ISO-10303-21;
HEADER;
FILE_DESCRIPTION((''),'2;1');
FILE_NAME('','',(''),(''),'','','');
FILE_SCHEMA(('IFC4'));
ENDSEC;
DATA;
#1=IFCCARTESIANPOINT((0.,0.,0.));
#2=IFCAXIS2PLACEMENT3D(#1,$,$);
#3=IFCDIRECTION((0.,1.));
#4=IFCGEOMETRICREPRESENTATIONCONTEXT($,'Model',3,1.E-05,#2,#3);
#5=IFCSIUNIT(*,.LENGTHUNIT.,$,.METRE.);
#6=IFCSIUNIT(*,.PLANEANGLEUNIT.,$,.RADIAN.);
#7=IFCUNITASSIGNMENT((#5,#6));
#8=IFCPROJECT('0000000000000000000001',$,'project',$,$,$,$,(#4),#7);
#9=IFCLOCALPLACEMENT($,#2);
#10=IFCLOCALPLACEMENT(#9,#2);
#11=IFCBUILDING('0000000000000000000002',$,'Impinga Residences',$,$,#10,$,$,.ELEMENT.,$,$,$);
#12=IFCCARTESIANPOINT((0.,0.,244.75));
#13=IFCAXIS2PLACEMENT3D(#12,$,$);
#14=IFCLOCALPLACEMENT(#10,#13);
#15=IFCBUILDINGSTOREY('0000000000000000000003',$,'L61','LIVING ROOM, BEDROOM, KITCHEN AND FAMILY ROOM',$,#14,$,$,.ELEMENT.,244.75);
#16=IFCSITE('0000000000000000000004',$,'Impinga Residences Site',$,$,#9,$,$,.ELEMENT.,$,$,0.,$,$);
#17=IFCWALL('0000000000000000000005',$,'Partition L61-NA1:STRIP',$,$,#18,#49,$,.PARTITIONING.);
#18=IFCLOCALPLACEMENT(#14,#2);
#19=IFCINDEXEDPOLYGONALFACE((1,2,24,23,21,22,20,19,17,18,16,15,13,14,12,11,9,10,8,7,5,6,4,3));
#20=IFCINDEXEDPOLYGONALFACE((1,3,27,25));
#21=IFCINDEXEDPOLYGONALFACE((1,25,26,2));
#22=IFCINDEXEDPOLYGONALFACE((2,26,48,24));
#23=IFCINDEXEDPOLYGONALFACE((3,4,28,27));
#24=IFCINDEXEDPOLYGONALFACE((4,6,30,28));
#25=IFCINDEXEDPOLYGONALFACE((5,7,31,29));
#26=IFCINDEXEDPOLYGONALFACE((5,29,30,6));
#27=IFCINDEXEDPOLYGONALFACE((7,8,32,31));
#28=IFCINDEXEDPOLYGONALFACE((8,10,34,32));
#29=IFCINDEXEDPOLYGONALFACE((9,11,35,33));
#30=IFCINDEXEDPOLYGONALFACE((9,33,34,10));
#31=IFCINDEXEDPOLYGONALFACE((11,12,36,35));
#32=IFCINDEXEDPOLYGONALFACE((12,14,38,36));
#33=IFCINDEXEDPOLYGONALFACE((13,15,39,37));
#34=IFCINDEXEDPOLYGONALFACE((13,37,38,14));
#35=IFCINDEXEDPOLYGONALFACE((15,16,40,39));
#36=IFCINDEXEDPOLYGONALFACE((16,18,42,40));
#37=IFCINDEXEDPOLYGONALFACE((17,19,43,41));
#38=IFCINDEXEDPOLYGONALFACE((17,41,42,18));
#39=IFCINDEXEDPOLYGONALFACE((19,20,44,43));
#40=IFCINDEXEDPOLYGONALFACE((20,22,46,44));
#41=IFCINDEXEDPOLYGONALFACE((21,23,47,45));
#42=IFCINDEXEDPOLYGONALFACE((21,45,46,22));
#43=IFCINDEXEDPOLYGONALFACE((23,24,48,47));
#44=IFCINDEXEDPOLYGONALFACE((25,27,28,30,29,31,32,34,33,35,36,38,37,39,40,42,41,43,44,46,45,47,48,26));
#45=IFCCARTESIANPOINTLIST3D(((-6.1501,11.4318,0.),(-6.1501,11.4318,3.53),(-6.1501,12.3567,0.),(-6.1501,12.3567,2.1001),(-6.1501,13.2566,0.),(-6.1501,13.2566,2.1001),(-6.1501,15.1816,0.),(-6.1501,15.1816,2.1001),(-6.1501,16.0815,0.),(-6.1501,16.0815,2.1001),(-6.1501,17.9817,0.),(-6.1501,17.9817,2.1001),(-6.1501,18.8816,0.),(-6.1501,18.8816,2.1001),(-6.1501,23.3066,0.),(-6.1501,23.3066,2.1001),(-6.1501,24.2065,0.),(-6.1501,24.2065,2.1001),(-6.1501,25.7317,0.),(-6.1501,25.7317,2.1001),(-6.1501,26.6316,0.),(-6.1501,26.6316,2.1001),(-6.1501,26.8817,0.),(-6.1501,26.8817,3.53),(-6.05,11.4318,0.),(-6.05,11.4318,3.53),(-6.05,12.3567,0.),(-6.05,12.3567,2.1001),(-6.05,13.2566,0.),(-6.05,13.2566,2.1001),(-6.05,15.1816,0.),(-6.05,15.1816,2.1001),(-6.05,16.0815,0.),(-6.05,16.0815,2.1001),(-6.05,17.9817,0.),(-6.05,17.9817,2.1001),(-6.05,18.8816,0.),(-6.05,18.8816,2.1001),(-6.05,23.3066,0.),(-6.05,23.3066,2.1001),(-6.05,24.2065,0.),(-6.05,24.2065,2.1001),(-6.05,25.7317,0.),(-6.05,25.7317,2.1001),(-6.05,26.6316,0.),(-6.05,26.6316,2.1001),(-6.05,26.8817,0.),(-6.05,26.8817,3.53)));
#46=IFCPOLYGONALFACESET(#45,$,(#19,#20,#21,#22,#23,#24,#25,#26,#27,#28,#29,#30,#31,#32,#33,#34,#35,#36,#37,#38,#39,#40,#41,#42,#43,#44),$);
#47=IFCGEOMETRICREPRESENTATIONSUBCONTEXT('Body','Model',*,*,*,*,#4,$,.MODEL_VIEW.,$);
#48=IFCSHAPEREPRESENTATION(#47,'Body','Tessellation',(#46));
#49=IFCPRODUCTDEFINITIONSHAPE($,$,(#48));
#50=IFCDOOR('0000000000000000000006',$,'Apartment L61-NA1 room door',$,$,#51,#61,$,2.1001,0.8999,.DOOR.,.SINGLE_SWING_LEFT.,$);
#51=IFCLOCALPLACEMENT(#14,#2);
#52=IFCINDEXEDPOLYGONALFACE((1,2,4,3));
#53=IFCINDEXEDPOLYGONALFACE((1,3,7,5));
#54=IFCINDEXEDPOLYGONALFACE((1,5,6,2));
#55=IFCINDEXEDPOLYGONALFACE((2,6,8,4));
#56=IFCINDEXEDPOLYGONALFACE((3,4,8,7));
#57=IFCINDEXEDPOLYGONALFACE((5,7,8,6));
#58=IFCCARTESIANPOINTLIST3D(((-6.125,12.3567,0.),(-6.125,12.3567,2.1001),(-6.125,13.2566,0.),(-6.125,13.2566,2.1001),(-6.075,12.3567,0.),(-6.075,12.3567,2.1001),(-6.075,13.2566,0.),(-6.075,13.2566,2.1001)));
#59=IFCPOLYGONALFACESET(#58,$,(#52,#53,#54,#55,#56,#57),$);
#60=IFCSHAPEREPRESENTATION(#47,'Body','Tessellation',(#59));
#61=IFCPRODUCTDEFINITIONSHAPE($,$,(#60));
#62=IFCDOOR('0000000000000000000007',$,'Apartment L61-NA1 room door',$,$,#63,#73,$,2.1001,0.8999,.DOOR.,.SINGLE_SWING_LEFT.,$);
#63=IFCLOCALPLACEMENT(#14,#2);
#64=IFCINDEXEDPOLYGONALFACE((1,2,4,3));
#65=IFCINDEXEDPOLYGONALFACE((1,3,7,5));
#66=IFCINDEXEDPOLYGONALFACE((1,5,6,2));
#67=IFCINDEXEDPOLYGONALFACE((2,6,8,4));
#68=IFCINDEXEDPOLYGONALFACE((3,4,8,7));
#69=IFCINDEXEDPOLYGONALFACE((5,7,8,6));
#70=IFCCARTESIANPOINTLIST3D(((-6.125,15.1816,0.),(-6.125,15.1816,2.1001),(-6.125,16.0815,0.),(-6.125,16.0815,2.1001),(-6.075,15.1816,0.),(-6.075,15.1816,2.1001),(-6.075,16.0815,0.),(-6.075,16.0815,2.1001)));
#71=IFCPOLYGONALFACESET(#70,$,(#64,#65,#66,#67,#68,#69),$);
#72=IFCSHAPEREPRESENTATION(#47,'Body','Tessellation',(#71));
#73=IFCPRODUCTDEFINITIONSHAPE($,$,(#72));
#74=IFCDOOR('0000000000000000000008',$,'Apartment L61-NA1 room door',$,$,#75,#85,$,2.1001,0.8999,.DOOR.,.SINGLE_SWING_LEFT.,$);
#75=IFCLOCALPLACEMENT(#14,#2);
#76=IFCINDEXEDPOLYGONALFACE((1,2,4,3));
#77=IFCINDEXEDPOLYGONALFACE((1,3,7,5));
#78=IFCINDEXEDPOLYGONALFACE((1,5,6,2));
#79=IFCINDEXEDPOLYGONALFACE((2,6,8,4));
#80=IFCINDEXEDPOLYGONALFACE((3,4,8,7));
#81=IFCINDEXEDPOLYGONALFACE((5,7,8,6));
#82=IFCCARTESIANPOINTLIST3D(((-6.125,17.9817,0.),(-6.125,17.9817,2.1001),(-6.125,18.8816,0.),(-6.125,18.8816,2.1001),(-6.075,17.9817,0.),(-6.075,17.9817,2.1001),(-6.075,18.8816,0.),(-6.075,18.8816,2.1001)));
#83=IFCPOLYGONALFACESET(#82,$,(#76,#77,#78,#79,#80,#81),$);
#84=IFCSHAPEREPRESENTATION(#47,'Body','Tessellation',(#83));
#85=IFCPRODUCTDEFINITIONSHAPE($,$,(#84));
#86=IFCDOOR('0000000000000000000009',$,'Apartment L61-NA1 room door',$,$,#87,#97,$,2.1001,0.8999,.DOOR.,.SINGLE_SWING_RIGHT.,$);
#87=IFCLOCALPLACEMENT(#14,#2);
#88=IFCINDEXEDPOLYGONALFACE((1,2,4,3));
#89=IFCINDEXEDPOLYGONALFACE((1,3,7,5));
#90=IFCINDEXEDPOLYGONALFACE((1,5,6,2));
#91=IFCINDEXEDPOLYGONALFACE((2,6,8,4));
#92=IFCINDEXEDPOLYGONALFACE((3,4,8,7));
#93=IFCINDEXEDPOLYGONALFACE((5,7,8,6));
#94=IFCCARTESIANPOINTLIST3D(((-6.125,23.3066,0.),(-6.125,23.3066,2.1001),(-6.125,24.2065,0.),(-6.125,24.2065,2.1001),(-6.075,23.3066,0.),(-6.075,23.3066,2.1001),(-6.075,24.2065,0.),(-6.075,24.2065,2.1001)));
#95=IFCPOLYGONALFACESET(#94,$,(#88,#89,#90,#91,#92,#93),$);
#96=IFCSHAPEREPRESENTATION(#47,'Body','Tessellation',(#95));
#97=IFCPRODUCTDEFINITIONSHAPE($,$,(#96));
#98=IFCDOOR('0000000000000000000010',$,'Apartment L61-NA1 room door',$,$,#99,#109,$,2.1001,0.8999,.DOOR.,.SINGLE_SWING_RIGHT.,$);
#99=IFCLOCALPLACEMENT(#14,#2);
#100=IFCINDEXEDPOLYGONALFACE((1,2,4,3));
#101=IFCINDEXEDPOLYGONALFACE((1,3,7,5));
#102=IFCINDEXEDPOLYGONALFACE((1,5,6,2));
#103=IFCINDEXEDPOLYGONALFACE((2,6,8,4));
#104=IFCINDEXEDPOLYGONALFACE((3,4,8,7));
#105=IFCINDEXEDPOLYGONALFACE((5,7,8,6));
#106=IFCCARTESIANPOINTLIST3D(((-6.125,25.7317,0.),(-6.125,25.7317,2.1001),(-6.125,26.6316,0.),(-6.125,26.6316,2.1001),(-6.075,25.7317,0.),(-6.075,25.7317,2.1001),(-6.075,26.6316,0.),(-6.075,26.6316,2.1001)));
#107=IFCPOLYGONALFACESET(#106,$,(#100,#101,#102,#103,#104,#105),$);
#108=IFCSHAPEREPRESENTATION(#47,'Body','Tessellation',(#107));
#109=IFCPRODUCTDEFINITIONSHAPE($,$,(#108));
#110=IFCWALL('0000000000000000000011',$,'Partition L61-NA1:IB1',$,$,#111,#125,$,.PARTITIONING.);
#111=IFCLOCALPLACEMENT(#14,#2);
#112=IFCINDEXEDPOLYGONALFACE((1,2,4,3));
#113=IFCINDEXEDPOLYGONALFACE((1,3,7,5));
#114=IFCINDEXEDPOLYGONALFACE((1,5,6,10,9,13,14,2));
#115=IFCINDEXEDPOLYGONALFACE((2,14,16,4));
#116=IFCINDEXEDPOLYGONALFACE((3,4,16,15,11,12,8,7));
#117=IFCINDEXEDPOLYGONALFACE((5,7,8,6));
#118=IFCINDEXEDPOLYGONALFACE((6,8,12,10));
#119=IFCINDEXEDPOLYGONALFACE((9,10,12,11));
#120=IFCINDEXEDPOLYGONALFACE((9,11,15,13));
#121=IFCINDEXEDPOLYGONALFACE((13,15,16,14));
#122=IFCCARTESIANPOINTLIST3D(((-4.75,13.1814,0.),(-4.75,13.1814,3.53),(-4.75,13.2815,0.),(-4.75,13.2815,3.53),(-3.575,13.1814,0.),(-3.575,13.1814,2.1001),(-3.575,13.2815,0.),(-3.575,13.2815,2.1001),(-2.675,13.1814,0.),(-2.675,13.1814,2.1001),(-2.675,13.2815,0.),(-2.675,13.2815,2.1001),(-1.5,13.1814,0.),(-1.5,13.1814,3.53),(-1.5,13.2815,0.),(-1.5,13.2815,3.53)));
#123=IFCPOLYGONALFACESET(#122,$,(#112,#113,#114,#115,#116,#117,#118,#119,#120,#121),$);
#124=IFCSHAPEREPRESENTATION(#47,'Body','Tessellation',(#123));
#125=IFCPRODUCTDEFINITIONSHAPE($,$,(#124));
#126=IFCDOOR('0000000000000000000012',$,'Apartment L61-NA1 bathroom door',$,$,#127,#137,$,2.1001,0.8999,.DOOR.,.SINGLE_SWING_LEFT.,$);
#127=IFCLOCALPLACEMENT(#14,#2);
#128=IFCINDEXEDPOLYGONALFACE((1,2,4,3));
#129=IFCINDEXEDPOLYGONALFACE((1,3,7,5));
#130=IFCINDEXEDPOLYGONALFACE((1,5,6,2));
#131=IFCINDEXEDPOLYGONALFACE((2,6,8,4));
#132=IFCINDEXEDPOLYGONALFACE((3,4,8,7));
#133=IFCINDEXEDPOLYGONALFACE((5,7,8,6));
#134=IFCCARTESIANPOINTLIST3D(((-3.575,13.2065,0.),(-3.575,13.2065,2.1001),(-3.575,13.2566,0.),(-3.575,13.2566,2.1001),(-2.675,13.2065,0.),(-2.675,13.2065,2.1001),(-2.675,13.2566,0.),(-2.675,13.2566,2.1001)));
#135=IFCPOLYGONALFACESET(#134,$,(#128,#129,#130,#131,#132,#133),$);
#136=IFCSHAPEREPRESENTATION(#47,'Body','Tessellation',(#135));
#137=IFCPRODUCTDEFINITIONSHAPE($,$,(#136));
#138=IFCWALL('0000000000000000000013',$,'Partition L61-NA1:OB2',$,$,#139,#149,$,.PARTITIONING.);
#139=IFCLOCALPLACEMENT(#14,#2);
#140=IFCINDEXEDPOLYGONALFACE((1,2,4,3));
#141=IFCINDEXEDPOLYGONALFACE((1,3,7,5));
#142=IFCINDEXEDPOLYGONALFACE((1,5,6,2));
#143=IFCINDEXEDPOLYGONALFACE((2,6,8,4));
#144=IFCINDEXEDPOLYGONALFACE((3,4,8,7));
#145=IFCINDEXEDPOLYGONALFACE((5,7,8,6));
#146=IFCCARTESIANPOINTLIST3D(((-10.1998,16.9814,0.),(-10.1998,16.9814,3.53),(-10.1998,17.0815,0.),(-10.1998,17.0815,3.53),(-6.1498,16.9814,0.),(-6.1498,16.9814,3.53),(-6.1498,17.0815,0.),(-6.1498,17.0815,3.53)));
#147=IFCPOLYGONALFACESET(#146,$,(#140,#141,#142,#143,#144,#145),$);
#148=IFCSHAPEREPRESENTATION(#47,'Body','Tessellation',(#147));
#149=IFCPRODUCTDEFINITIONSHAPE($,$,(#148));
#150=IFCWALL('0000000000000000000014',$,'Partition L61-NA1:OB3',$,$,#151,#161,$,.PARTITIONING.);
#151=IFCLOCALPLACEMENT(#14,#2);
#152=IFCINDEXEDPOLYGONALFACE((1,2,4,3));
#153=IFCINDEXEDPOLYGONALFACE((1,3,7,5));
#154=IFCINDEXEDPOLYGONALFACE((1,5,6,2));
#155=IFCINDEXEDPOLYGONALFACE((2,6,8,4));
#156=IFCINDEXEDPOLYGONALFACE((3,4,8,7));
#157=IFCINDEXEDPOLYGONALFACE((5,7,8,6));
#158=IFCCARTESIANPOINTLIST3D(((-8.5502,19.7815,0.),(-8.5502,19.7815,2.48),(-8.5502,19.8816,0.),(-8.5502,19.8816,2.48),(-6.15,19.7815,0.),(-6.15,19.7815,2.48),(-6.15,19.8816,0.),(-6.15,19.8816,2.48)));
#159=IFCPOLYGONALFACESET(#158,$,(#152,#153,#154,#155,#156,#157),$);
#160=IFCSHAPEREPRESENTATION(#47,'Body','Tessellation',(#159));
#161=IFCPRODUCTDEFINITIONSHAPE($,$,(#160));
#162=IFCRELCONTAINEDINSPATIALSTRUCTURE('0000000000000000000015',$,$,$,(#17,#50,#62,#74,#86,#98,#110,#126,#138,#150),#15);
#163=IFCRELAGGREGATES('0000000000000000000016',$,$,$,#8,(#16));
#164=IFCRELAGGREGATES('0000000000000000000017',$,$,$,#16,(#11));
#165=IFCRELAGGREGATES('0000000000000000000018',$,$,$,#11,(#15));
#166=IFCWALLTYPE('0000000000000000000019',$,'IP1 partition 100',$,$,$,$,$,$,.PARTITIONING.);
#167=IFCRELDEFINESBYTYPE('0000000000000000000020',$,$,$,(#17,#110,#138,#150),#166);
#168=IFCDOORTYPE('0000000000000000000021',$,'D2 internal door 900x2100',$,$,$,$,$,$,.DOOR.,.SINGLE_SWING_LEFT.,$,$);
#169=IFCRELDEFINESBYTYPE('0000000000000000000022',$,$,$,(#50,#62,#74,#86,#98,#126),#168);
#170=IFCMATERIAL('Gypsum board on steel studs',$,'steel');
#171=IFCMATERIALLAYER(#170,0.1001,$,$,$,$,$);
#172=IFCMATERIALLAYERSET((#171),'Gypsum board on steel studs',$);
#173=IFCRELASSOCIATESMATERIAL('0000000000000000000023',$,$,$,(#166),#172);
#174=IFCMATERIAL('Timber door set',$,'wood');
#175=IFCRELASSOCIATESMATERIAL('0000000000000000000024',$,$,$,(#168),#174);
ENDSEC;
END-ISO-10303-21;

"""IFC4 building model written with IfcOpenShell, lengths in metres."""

from ifc_helpers import new_model, si_unit, direction, frame, frame_2d, origin, place, context, subcontext, project, spatial, rectangle, extrude, material, layer, layer_set, type_object, element, fill, save


model = new_model("IFC4")

# Units and contexts
model_context = context("Model", 3, precision=1e-05, world=origin(), true_north=direction((0.0, 1.0)))
body_context = subcontext(model_context, "Body", "Model", "MODEL_VIEW")
ifc_project = project(units=[si_unit("LENGTHUNIT", "METRE"), si_unit("PLANEANGLEUNIT", "RADIAN")], contexts=[model_context])

# Site, building, storey
site_placement = place(None, origin())
site = spatial("IfcSite", under=ifc_project, at=site_placement, Name="Impinga Residences Site", CompositionType="ELEMENT", RefElevation=0.0)
building_placement = place(site_placement, origin())
building = spatial("IfcBuilding", under=site, at=building_placement, Name="Impinga Residences", CompositionType="ELEMENT")
storey_placement = place(building_placement, frame((0.0, 0.0, 244.75)))
storey = spatial("IfcBuildingStorey", under=building, at=storey_placement, Name="L61", Description="LIVING ROOM, BEDROOM, KITCHEN AND FAMILY ROOM", CompositionType="ELEMENT", Elevation=244.75)

# Shared definitions
ifc_material_1 = material(Name="Timber door set", Category="wood")

# Shared definitions
ifc_material_2 = material(Name="Gypsum board on steel studs", Category="steel")
ifc_layer_1 = layer(ifc_material_2, 0.1001)
ifc_layer_set_1 = layer_set([ifc_layer_1], Name="Gypsum board on steel studs")
wall_type_1 = type_object("IfcWallType", Name="IP1 partition 100", PredefinedType="PARTITIONING", material=ifc_layer_set_1)

# Wall, openings, doors
wall_1_placement = place(storey_placement, frame((-6.1001, 11.4316, 0.0), z_axis=(0.0, 0.0, 1.0), x_axis=(0.0, 1.0, 0.0)))
wall_1 = element("IfcWall", 1, at=wall_1_placement, inside=storey, type_object=wall_type_1, Name="Partition L61-NA1:STRIP", PredefinedType="PARTITIONING", context=body_context, shape_type="SweptSolid", body=[
    extrude(rectangle(XDim=15.45, YDim=0.1001, at=frame_2d((7.7251, 0.0))), origin(), (0.0, 0.0, 1.0), 3.53),
])
opening_1_placement = place(wall_1_placement, frame((0.925, 0.0, 0.0)))
opening_1 = element("IfcOpeningElement", 2, at=opening_1_placement, cuts=wall_1, PredefinedType="OPENING", context=body_context, shape_type="SweptSolid", body=[
    extrude(rectangle(XDim=0.8999, YDim=2.1001, at=frame_2d((0.45, 1.05))), frame((0.0, 0.0601, 0.0), z_axis=(0.0, -1.0, 0.0), x_axis=(1.0, 0.0, 0.0)), (0.0, 0.0, 1.0), 0.1201),
])
opening_2_placement = place(wall_1_placement, frame((3.75, 0.0, 0.0)))
opening_2 = element("IfcOpeningElement", 3, at=opening_2_placement, cuts=wall_1, PredefinedType="OPENING", context=body_context, shape_type="SweptSolid", body=[
    extrude(rectangle(XDim=0.8999, YDim=2.1001, at=frame_2d((0.45, 1.05))), frame((0.0, 0.0601, 0.0), z_axis=(0.0, -1.0, 0.0), x_axis=(1.0, 0.0, 0.0)), (0.0, 0.0, 1.0), 0.1201),
])
opening_3_placement = place(wall_1_placement, frame((6.55, 0.0, 0.0)))
opening_3 = element("IfcOpeningElement", 4, at=opening_3_placement, cuts=wall_1, PredefinedType="OPENING", context=body_context, shape_type="SweptSolid", body=[
    extrude(rectangle(XDim=0.8999, YDim=2.1001, at=frame_2d((0.45, 1.05))), frame((0.0, 0.0601, 0.0), z_axis=(0.0, -1.0, 0.0), x_axis=(1.0, 0.0, 0.0)), (0.0, 0.0, 1.0), 0.1201),
])
opening_4_placement = place(wall_1_placement, frame((11.875, 0.0, 0.0)))
opening_4 = element("IfcOpeningElement", 5, at=opening_4_placement, cuts=wall_1, PredefinedType="OPENING", context=body_context, shape_type="SweptSolid", body=[
    extrude(rectangle(XDim=0.8999, YDim=2.1001, at=frame_2d((0.45, 1.05))), frame((0.0, 0.0601, 0.0), z_axis=(0.0, -1.0, 0.0), x_axis=(1.0, 0.0, 0.0)), (0.0, 0.0, 1.0), 0.1201),
])
opening_5_placement = place(wall_1_placement, frame((14.3, 0.0, 0.0)))
opening_5 = element("IfcOpeningElement", 6, at=opening_5_placement, cuts=wall_1, PredefinedType="OPENING", context=body_context, shape_type="SweptSolid", body=[
    extrude(rectangle(XDim=0.8999, YDim=2.1001, at=frame_2d((0.45, 1.05))), frame((0.0, 0.0601, 0.0), z_axis=(0.0, -1.0, 0.0), x_axis=(1.0, 0.0, 0.0)), (0.0, 0.0, 1.0), 0.1201),
])
door_type_1 = type_object("IfcDoorType", Name="D2 internal door 900x2100", OperationType="SINGLE_SWING_LEFT", PredefinedType="DOOR", material=ifc_material_1)
door_1_placement = place(opening_1_placement, origin())
door_1 = element("IfcDoor", 7, at=door_1_placement, inside=storey, type_object=door_type_1, Name="Apartment L61-NA1 room door", OperationType="SINGLE_SWING_LEFT", OverallHeight=2.1001, OverallWidth=0.8999, PredefinedType="DOOR", context=body_context, shape_type="SweptSolid", body=[
    extrude(rectangle(XDim=0.8999, YDim=2.1001, at=frame_2d((0.45, 1.05))), frame((0.0, 0.0249, 0.0), z_axis=(0.0, -1.0, 0.0), x_axis=(1.0, 0.0, 0.0)), (0.0, 0.0, 1.0), 0.05),
])
fill(opening_1, door_1)
door_2_placement = place(opening_2_placement, origin())
door_2 = element("IfcDoor", 8, at=door_2_placement, inside=storey, type_object=door_type_1, Name="Apartment L61-NA1 room door", OperationType="SINGLE_SWING_LEFT", OverallHeight=2.1001, OverallWidth=0.8999, PredefinedType="DOOR", context=body_context, shape_type="SweptSolid", body=[
    extrude(rectangle(XDim=0.8999, YDim=2.1001, at=frame_2d((0.45, 1.05))), frame((0.0, 0.0249, 0.0), z_axis=(0.0, -1.0, 0.0), x_axis=(1.0, 0.0, 0.0)), (0.0, 0.0, 1.0), 0.05),
])
fill(opening_2, door_2)
door_3_placement = place(opening_3_placement, origin())
door_3 = element("IfcDoor", 9, at=door_3_placement, inside=storey, type_object=door_type_1, Name="Apartment L61-NA1 room door", OperationType="SINGLE_SWING_LEFT", OverallHeight=2.1001, OverallWidth=0.8999, PredefinedType="DOOR", context=body_context, shape_type="SweptSolid", body=[
    extrude(rectangle(XDim=0.8999, YDim=2.1001, at=frame_2d((0.45, 1.05))), frame((0.0, 0.0249, 0.0), z_axis=(0.0, -1.0, 0.0), x_axis=(1.0, 0.0, 0.0)), (0.0, 0.0, 1.0), 0.05),
])
fill(opening_3, door_3)
door_4_placement = place(opening_4_placement, origin())
door_4 = element("IfcDoor", 10, at=door_4_placement, inside=storey, type_object=door_type_1, Name="Apartment L61-NA1 room door", OperationType="SINGLE_SWING_RIGHT", OverallHeight=2.1001, OverallWidth=0.8999, PredefinedType="DOOR", context=body_context, shape_type="SweptSolid", body=[
    extrude(rectangle(XDim=0.8999, YDim=2.1001, at=frame_2d((0.45, 1.05))), frame((0.0, 0.0249, 0.0), z_axis=(0.0, -1.0, 0.0), x_axis=(1.0, 0.0, 0.0)), (0.0, 0.0, 1.0), 0.05),
])
fill(opening_4, door_4)
door_5_placement = place(opening_5_placement, origin())
door_5 = element("IfcDoor", 11, at=door_5_placement, inside=storey, type_object=door_type_1, Name="Apartment L61-NA1 room door", OperationType="SINGLE_SWING_RIGHT", OverallHeight=2.1001, OverallWidth=0.8999, PredefinedType="DOOR", context=body_context, shape_type="SweptSolid", body=[
    extrude(rectangle(XDim=0.8999, YDim=2.1001, at=frame_2d((0.45, 1.05))), frame((0.0, 0.0249, 0.0), z_axis=(0.0, -1.0, 0.0), x_axis=(1.0, 0.0, 0.0)), (0.0, 0.0, 1.0), 0.05),
])
fill(opening_5, door_5)

# Wall, opening, door
wall_2_placement = place(storey_placement, frame((-1.5, 13.2314, 0.0), z_axis=(0.0, 0.0, 1.0), x_axis=(-1.0, 0.0, 0.0)))
wall_2 = element("IfcWall", 12, at=wall_2_placement, inside=storey, type_object=wall_type_1, Name="Partition L61-NA1:IB1", PredefinedType="PARTITIONING", context=body_context, shape_type="SweptSolid", body=[
    extrude(rectangle(XDim=3.25, YDim=0.1001, at=frame_2d((1.625, 0.0))), origin(), (0.0, 0.0, 1.0), 3.53),
])
opening_6_placement = place(wall_2_placement, frame((1.175, 0.0, 0.0)))
opening_6 = element("IfcOpeningElement", 13, at=opening_6_placement, cuts=wall_2, PredefinedType="OPENING", context=body_context, shape_type="SweptSolid", body=[
    extrude(rectangle(XDim=0.8999, YDim=2.1001, at=frame_2d((0.45, 1.05))), frame((0.0, 0.0601, 0.0), z_axis=(0.0, -1.0, 0.0), x_axis=(1.0, 0.0, 0.0)), (0.0, 0.0, 1.0), 0.1201),
])
door_6_placement = place(opening_6_placement, origin())
door_6 = element("IfcDoor", 14, at=door_6_placement, inside=storey, type_object=door_type_1, Name="Apartment L61-NA1 bathroom door", OperationType="SINGLE_SWING_LEFT", OverallHeight=2.1001, OverallWidth=0.8999, PredefinedType="DOOR", context=body_context, shape_type="SweptSolid", body=[
    extrude(rectangle(XDim=0.8999, YDim=2.1001, at=frame_2d((0.45, 1.05))), frame((0.0, 0.0249, 0.0), z_axis=(0.0, -1.0, 0.0), x_axis=(1.0, 0.0, 0.0)), (0.0, 0.0, 1.0), 0.05),
])
fill(opening_6, door_6)

# Walls
wall_3_placement = place(storey_placement, frame((-6.1499, 17.0315, 0.0), z_axis=(0.0, 0.0, 1.0), x_axis=(-1.0, 0.0, 0.0)))
element("IfcWall", 15, at=wall_3_placement, inside=storey, type_object=wall_type_1, Name="Partition L61-NA1:OB2", PredefinedType="PARTITIONING", context=body_context, shape_type="SweptSolid", body=[
    extrude(rectangle(XDim=4.05, YDim=0.1001, at=frame_2d((2.0249, 0.0))), origin(), (0.0, 0.0, 1.0), 3.53),
])
wall_4_placement = place(storey_placement, frame((-6.1499, 19.8315, 0.0), z_axis=(0.0, 0.0, 1.0), x_axis=(-1.0, 0.0, 0.0)))
element("IfcWall", 16, at=wall_4_placement, inside=storey, type_object=wall_type_1, Name="Partition L61-NA1:OB3", PredefinedType="PARTITIONING", context=body_context, shape_type="SweptSolid", body=[
    extrude(rectangle(XDim=2.4001, YDim=0.1001, at=frame_2d((1.2002, 0.0))), origin(), (0.0, 0.0, 1.0), 2.48),
])

save(model, "model.ifc")
